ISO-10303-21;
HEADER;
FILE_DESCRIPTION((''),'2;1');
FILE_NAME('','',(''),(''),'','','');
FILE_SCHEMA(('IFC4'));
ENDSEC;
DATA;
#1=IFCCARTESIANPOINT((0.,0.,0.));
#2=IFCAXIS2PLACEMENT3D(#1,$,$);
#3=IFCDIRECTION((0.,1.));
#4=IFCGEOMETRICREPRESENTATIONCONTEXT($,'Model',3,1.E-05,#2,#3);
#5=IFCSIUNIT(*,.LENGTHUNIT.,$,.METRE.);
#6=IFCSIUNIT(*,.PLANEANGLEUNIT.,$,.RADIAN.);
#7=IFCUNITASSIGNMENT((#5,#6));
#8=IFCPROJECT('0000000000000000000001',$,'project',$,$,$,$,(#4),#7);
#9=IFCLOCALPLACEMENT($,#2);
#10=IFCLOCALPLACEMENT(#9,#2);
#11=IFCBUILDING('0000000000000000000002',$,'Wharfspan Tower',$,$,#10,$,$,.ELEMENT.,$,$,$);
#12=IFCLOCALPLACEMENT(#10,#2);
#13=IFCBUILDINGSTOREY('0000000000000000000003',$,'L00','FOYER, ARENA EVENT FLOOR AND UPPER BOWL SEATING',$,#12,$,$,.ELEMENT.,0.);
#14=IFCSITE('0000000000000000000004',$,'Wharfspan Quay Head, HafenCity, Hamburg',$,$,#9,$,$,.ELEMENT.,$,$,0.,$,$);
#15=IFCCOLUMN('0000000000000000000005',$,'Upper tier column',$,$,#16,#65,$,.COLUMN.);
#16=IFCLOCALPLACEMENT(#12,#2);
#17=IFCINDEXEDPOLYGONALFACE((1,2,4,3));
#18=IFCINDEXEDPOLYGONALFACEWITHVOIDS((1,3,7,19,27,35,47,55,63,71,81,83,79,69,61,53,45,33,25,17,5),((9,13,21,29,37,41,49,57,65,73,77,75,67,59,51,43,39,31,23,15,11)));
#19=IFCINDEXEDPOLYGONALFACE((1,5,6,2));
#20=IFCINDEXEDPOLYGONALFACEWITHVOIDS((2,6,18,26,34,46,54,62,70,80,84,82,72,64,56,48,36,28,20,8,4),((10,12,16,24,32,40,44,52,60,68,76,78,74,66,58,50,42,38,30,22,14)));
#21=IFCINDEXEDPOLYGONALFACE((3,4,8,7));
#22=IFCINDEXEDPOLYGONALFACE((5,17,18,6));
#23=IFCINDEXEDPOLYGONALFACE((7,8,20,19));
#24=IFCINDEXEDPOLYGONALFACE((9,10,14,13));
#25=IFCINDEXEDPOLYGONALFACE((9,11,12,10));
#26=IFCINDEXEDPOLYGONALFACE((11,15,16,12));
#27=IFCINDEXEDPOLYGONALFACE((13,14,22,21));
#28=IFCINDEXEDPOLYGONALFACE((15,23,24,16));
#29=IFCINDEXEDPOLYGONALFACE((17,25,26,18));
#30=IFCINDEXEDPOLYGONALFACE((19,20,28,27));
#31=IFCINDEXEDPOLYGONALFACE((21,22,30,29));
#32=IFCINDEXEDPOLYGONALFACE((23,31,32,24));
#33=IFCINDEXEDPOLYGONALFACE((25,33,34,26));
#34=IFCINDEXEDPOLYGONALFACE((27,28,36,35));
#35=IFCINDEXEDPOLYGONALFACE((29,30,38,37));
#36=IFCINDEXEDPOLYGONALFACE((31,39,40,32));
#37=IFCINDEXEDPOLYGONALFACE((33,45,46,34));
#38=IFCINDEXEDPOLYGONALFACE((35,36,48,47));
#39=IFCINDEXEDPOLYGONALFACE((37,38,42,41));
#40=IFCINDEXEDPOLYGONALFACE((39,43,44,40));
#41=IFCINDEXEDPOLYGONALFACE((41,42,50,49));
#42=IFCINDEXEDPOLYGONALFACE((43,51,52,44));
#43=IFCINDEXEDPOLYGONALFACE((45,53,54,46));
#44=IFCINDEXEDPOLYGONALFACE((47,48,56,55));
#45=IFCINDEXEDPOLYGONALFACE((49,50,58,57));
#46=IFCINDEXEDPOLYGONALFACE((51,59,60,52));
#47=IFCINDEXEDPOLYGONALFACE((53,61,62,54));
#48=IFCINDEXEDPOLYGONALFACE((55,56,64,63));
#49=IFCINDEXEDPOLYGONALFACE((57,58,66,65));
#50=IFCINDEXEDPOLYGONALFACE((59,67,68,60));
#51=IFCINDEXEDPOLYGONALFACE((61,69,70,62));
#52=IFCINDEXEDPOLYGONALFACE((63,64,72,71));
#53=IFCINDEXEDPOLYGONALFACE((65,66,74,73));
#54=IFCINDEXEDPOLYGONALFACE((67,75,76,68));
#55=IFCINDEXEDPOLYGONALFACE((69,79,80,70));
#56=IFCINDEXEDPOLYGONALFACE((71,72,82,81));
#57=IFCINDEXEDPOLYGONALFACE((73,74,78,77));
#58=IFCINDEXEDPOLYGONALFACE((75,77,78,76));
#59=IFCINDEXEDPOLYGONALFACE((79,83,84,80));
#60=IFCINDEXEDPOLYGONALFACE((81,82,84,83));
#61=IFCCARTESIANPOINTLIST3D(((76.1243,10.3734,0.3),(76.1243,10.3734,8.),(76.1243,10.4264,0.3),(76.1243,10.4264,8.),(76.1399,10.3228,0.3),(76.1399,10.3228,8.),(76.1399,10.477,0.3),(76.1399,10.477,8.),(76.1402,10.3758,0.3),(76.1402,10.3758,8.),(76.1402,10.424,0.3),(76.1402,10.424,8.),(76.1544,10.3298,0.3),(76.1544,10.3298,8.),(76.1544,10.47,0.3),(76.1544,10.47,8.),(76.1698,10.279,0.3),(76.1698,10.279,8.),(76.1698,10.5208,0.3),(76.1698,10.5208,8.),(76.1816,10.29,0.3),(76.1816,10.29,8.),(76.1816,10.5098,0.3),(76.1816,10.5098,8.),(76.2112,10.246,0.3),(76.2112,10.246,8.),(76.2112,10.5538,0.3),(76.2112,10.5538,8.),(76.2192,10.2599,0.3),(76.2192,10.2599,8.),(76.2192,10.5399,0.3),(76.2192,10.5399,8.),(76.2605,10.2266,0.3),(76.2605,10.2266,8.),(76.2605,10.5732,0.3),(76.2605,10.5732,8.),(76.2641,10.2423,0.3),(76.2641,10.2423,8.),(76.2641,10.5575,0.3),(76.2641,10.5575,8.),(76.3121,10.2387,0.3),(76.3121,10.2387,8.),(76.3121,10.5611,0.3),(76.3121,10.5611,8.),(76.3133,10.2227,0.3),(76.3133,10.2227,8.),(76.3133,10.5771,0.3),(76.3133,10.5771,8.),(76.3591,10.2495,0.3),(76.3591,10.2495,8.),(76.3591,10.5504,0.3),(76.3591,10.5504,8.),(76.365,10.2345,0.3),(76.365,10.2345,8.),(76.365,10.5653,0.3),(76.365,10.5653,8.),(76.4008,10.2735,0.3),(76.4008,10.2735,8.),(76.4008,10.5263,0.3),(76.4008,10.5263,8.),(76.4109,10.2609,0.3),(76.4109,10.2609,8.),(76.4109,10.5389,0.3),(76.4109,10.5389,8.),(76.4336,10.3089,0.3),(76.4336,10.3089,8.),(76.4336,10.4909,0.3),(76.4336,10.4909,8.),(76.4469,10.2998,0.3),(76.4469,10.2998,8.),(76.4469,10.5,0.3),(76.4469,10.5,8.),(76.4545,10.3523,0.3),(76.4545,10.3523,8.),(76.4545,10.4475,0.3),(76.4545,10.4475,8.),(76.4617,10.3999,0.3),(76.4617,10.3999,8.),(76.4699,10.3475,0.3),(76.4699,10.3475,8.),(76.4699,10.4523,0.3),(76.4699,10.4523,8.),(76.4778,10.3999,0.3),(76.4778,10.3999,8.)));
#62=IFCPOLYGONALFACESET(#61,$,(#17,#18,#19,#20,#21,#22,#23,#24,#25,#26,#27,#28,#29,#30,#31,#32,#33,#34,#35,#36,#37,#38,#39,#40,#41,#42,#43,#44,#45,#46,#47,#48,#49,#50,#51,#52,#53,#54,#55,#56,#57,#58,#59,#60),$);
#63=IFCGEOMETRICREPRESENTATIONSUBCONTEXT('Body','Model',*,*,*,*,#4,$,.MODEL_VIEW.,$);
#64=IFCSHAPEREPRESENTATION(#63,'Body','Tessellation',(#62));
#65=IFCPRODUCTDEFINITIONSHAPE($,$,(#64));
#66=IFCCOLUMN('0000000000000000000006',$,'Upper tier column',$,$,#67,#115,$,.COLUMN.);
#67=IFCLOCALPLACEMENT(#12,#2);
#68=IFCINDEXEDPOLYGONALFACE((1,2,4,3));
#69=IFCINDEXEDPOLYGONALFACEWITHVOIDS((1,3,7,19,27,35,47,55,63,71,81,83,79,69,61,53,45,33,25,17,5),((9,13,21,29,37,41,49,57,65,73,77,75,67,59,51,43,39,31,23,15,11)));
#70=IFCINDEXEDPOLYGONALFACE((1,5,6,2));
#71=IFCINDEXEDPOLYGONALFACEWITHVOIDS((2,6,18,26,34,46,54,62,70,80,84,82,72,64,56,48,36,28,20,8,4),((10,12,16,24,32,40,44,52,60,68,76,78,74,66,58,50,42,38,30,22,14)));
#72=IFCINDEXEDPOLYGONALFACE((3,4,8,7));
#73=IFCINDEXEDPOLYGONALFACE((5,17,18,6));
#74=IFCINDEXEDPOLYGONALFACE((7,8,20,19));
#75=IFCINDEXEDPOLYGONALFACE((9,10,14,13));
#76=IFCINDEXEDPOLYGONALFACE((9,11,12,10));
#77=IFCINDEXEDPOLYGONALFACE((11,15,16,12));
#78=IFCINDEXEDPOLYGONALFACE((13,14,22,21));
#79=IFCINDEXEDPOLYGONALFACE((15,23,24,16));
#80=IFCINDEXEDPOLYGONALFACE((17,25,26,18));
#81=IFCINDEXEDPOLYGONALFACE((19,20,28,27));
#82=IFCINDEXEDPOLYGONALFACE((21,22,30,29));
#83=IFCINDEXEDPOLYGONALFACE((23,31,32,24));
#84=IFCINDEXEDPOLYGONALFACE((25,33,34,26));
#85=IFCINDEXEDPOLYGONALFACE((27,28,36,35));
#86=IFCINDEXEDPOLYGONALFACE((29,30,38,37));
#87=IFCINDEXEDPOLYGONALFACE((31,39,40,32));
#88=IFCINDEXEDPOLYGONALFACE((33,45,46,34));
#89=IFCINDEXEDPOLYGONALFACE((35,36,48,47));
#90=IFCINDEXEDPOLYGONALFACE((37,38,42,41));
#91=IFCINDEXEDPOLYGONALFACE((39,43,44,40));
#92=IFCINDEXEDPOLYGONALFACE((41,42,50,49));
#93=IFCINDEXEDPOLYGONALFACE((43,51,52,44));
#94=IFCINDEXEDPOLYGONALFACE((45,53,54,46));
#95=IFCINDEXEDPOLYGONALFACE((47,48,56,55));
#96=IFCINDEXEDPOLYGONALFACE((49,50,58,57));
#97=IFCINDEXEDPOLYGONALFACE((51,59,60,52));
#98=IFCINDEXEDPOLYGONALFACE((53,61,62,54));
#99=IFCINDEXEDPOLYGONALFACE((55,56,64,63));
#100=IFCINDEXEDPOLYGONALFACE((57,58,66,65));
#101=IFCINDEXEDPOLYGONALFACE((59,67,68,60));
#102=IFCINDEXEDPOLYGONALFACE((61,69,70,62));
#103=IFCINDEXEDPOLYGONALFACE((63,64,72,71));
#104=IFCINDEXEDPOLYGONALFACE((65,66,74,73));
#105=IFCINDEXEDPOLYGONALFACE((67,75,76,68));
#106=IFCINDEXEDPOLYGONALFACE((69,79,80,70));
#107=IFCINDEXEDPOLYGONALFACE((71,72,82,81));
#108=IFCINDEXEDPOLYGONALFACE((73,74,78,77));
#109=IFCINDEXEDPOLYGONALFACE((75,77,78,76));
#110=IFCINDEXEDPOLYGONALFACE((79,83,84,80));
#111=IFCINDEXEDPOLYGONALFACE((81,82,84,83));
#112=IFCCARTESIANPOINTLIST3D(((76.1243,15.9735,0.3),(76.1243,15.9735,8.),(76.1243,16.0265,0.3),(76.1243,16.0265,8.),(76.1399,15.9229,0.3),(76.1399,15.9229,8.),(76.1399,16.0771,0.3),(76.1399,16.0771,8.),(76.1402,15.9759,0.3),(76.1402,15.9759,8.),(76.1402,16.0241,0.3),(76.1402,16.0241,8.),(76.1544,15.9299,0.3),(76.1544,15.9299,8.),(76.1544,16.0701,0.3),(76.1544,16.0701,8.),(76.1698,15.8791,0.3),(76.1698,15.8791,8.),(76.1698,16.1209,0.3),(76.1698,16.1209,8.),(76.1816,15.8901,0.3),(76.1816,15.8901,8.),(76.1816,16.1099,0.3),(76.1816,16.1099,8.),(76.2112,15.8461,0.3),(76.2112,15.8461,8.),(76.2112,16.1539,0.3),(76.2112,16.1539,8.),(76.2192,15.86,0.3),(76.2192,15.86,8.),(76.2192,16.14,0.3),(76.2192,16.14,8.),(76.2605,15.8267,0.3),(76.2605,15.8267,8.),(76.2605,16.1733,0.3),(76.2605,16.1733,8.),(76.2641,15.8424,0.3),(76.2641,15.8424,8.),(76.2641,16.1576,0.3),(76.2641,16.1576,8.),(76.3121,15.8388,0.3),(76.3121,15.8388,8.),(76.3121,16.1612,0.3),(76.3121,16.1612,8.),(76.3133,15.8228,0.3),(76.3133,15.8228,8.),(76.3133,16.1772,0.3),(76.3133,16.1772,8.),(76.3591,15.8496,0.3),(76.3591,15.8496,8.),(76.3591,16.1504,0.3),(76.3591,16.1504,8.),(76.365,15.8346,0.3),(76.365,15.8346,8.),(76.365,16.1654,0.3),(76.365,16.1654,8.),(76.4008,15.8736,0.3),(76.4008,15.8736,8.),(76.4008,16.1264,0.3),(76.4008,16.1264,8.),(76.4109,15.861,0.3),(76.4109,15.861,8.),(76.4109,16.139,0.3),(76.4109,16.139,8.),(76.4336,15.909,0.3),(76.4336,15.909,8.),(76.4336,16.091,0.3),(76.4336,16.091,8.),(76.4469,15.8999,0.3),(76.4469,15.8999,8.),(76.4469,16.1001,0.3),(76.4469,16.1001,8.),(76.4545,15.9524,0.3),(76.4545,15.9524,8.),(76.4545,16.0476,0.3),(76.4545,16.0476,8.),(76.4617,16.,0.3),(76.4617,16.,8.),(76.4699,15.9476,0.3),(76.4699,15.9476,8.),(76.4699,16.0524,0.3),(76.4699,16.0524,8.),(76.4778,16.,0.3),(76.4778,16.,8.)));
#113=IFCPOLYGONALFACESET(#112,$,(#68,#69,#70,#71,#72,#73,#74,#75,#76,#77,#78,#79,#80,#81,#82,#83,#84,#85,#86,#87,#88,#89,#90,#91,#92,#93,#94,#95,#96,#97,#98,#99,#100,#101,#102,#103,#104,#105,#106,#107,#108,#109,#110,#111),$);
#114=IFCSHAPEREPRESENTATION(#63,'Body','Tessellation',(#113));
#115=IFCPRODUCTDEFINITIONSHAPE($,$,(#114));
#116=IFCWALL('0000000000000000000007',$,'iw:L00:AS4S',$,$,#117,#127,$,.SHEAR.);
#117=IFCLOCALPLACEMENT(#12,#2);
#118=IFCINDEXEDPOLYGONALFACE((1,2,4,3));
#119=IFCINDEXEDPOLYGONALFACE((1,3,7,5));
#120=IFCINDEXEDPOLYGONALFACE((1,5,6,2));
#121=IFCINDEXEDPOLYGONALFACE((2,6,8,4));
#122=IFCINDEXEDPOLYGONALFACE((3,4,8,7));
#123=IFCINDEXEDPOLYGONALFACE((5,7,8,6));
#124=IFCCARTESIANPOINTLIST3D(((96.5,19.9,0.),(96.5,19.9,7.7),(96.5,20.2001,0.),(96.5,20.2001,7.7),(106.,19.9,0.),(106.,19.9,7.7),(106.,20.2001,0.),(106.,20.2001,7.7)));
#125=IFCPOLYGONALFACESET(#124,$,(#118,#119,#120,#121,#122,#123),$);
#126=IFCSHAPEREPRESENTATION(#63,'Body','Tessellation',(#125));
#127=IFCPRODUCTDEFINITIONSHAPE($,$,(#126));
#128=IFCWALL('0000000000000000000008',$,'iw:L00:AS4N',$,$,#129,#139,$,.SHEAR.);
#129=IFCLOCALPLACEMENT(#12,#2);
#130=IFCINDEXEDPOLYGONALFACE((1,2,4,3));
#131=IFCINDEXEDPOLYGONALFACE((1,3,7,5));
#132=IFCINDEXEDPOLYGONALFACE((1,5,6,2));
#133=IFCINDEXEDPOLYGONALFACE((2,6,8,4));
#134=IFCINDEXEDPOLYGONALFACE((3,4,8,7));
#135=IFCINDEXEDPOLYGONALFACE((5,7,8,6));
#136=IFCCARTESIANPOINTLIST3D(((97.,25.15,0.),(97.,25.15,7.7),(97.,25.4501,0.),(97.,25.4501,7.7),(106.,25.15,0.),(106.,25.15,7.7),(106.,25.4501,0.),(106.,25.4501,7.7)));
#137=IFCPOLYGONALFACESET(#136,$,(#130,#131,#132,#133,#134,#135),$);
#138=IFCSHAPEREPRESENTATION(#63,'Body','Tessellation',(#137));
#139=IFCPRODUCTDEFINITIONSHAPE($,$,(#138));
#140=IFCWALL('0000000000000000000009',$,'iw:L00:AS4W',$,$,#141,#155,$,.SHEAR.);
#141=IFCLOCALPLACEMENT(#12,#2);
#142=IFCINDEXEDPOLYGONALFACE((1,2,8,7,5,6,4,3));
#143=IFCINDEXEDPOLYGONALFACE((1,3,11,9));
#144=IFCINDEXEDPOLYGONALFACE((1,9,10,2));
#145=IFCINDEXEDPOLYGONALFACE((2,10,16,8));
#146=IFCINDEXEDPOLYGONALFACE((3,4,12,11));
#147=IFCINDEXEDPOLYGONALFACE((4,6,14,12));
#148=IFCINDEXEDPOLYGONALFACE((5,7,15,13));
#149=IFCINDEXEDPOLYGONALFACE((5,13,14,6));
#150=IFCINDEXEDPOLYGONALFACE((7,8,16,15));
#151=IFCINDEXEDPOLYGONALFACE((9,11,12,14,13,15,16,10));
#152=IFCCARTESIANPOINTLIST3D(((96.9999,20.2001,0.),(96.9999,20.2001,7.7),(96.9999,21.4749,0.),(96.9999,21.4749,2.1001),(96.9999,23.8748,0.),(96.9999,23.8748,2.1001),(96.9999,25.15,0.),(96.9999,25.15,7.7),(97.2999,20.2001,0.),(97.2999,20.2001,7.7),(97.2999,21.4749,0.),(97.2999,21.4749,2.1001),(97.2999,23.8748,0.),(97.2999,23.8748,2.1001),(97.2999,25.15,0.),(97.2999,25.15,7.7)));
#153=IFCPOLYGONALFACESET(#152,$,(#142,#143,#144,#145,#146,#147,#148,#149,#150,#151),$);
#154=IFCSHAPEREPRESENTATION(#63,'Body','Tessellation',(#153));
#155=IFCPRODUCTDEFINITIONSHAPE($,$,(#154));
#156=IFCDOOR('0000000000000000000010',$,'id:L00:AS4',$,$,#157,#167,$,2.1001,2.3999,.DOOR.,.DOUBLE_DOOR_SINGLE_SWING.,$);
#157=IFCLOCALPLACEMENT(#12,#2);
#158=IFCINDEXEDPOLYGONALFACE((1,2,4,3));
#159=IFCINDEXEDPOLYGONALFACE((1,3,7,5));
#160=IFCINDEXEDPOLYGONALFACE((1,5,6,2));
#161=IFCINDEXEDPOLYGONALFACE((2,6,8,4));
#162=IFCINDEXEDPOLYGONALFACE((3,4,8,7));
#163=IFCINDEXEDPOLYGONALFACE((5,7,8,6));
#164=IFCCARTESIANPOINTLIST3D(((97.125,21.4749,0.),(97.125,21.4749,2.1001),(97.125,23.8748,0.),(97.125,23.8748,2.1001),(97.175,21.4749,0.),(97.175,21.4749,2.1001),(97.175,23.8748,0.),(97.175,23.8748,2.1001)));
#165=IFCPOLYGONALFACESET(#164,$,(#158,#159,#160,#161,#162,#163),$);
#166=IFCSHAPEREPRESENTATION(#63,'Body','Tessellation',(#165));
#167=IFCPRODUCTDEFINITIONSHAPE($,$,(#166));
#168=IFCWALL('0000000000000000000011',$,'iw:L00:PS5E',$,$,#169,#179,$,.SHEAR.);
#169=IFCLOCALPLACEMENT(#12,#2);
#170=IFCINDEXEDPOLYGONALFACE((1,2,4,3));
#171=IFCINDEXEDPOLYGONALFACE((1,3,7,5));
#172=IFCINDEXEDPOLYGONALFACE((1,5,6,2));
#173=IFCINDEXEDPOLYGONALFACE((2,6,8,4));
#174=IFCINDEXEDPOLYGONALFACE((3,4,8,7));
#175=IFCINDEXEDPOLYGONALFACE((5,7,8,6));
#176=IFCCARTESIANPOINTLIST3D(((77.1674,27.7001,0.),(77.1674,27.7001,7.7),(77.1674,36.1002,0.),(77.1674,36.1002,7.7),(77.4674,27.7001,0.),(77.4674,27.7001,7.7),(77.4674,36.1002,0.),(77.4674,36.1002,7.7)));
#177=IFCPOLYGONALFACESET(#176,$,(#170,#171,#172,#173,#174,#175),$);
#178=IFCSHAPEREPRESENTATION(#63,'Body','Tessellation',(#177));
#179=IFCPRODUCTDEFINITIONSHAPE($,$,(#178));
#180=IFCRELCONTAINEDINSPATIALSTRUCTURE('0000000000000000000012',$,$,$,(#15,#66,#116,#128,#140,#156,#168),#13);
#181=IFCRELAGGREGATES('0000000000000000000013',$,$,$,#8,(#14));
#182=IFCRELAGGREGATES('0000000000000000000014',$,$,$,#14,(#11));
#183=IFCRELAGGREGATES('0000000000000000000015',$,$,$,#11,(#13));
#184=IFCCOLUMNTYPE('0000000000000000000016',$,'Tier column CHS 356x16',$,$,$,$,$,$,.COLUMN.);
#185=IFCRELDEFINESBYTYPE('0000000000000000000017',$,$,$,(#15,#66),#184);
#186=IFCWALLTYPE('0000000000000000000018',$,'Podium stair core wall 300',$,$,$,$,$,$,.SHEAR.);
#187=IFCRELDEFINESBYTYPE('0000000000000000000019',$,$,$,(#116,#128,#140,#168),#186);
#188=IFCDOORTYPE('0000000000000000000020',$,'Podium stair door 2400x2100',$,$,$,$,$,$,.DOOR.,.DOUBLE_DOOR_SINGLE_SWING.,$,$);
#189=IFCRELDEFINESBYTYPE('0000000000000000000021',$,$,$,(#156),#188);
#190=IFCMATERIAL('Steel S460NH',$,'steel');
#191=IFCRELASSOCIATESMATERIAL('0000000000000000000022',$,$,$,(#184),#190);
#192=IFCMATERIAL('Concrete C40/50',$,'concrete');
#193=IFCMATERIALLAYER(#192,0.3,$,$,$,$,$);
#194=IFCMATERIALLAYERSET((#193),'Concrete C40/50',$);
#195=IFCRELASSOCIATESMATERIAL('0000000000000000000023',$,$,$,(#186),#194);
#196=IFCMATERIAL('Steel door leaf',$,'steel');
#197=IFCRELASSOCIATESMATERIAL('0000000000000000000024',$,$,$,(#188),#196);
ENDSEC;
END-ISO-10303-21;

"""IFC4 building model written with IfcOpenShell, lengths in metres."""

from ifc_helpers import new_model, si_unit, direction, frame, frame_2d, origin, origin_2d, place, context, subcontext, project, spatial, rectangle, hollow_circle, extrude, material, layer, layer_set, material_profile, profile_set, type_object, element, fill, save


model = new_model("IFC4")

# Units and contexts
model_context = context("Model", 3, precision=1e-05, world=origin(), true_north=direction((0.0, 1.0)))
body_context = subcontext(model_context, "Body", "Model", "MODEL_VIEW")
ifc_project = project(units=[si_unit("LENGTHUNIT", "METRE"), si_unit("PLANEANGLEUNIT", "RADIAN")], contexts=[model_context])

# Site, building, storey
site_placement = place(None, origin())
site = spatial("IfcSite", under=ifc_project, at=site_placement, Name="Wharfspan Quay Head, HafenCity, Hamburg", CompositionType="ELEMENT", RefElevation=0.0)
building_placement = place(site_placement, origin())
building = spatial("IfcBuilding", under=site, at=building_placement, Name="Wharfspan Tower", CompositionType="ELEMENT")
storey_placement = place(building_placement, origin())
storey = spatial("IfcBuildingStorey", under=building, at=storey_placement, Name="L00", Description="FOYER, ARENA EVENT FLOOR AND UPPER BOWL SEATING", CompositionType="ELEMENT", Elevation=0.0)

# Columns
ifc_material_1 = material(Name="Steel S460NH", Category="steel")
ifc_material_profile_1 = material_profile(ifc_material_1, hollow_circle(Radius=0.1777, WallThickness=0.0161, at=origin_2d()))
ifc_profile_set_1 = profile_set([ifc_material_profile_1], Name="Steel S460NH")
column_type_1 = type_object("IfcColumnType", Name="Tier column CHS 356x16", PredefinedType="COLUMN", material=ifc_profile_set_1)
for number, where, z_axis, x_axis, name in (
    (1, (76.3, 10.3999, 0.3), (0.0, 0.0, 1.0), (1.0, 0.0, 0.0), "Upper tier column"),
    (2, (76.3, 16.0, 0.3), (0.0, 0.0, 1.0), (1.0, 0.0, 0.0), "Upper tier column"),
):
    element("IfcColumn", number, at=place(storey_placement, frame(where, z_axis=z_axis, x_axis=x_axis)), inside=storey, type_object=column_type_1, Name=name, PredefinedType="COLUMN", context=body_context, shape_type="SweptSolid", body=[
        extrude(hollow_circle(Radius=0.1777, WallThickness=0.0161, at=origin_2d()), origin(), (0.0, 0.0, 1.0), 7.7),
    ])

# Walls
ifc_material_2 = material(Name="Concrete C40/50", Category="concrete")
ifc_layer_1 = layer(ifc_material_2, 0.3)
ifc_layer_set_1 = layer_set([ifc_layer_1], Name="Concrete C40/50")
wall_type_1 = type_object("IfcWallType", Name="Podium stair core wall 300", PredefinedType="SHEAR", material=ifc_layer_set_1)
wall_1_placement = place(storey_placement, frame((96.5, 20.05, 0.0), z_axis=(0.0, 0.0, 1.0), x_axis=(1.0, 0.0, 0.0)))
element("IfcWall", 3, at=wall_1_placement, inside=storey, type_object=wall_type_1, Name="iw:L00:AS4S", PredefinedType="SHEAR", context=body_context, shape_type="SweptSolid", body=[
    extrude(rectangle(XDim=9.5, YDim=0.3, at=frame_2d((4.75, 0.0))), origin(), (0.0, 0.0, 1.0), 7.7),
])
wall_2_placement = place(storey_placement, frame((97.0, 25.3, 0.0), z_axis=(0.0, 0.0, 1.0), x_axis=(1.0, 0.0, 0.0)))
element("IfcWall", 4, at=wall_2_placement, inside=storey, type_object=wall_type_1, Name="iw:L00:AS4N", PredefinedType="SHEAR", context=body_context, shape_type="SweptSolid", body=[
    extrude(rectangle(XDim=9.0, YDim=0.3, at=frame_2d((4.5, 0.0))), origin(), (0.0, 0.0, 1.0), 7.7),
])

# Wall, opening, door
wall_3_placement = place(storey_placement, frame((97.1499, 20.2, 0.0), z_axis=(0.0, 0.0, 1.0), x_axis=(0.0, 1.0, 0.0)))
wall_3 = element("IfcWall", 5, at=wall_3_placement, inside=storey, type_object=wall_type_1, Name="iw:L00:AS4W", PredefinedType="SHEAR", context=body_context, shape_type="SweptSolid", body=[
    extrude(rectangle(XDim=4.95, YDim=0.3, at=frame_2d((2.4751, 0.0))), origin(), (0.0, 0.0, 1.0), 7.7),
])
opening_placement = place(wall_3_placement, frame((1.2749, 0.0, 0.0)))
opening = element("IfcOpeningElement", 6, at=opening_placement, cuts=wall_3, PredefinedType="OPENING", context=body_context, shape_type="SweptSolid", body=[
    extrude(rectangle(XDim=2.3999, YDim=2.1001, at=frame_2d((1.2, 1.05))), frame((0.0, 0.1599, 0.0), z_axis=(0.0, -1.0, 0.0), x_axis=(1.0, 0.0, 0.0)), (0.0, 0.0, 1.0), 0.3201),
])
ifc_material_3 = material(Name="Steel door leaf", Category="steel")
door_type = type_object("IfcDoorType", Name="Podium stair door 2400x2100", OperationType="DOUBLE_DOOR_SINGLE_SWING", PredefinedType="DOOR", material=ifc_material_3)
door_placement = place(opening_placement, origin())
door = element("IfcDoor", 7, at=door_placement, inside=storey, type_object=door_type, Name="id:L00:AS4", OperationType="DOUBLE_DOOR_SINGLE_SWING", OverallHeight=2.1001, OverallWidth=2.3999, PredefinedType="DOOR", context=body_context, shape_type="SweptSolid", body=[
    extrude(rectangle(XDim=2.3999, YDim=2.1001, at=frame_2d((1.2, 1.05))), frame((0.0, 0.0249, 0.0), z_axis=(0.0, -1.0, 0.0), x_axis=(1.0, 0.0, 0.0)), (0.0, 0.0, 1.0), 0.05),
])
fill(opening, door)

# Wall
wall_4_placement = place(storey_placement, frame((77.3174, 27.7, 0.0), z_axis=(0.0, 0.0, 1.0), x_axis=(0.0, 1.0, 0.0)))
element("IfcWall", 8, at=wall_4_placement, inside=storey, type_object=wall_type_1, Name="iw:L00:PS5E", PredefinedType="SHEAR", context=body_context, shape_type="SweptSolid", body=[
    extrude(rectangle(XDim=8.4001, YDim=0.3, at=frame_2d((4.2002, 0.0))), origin(), (0.0, 0.0, 1.0), 7.7),
])

save(model, "model.ifc")
